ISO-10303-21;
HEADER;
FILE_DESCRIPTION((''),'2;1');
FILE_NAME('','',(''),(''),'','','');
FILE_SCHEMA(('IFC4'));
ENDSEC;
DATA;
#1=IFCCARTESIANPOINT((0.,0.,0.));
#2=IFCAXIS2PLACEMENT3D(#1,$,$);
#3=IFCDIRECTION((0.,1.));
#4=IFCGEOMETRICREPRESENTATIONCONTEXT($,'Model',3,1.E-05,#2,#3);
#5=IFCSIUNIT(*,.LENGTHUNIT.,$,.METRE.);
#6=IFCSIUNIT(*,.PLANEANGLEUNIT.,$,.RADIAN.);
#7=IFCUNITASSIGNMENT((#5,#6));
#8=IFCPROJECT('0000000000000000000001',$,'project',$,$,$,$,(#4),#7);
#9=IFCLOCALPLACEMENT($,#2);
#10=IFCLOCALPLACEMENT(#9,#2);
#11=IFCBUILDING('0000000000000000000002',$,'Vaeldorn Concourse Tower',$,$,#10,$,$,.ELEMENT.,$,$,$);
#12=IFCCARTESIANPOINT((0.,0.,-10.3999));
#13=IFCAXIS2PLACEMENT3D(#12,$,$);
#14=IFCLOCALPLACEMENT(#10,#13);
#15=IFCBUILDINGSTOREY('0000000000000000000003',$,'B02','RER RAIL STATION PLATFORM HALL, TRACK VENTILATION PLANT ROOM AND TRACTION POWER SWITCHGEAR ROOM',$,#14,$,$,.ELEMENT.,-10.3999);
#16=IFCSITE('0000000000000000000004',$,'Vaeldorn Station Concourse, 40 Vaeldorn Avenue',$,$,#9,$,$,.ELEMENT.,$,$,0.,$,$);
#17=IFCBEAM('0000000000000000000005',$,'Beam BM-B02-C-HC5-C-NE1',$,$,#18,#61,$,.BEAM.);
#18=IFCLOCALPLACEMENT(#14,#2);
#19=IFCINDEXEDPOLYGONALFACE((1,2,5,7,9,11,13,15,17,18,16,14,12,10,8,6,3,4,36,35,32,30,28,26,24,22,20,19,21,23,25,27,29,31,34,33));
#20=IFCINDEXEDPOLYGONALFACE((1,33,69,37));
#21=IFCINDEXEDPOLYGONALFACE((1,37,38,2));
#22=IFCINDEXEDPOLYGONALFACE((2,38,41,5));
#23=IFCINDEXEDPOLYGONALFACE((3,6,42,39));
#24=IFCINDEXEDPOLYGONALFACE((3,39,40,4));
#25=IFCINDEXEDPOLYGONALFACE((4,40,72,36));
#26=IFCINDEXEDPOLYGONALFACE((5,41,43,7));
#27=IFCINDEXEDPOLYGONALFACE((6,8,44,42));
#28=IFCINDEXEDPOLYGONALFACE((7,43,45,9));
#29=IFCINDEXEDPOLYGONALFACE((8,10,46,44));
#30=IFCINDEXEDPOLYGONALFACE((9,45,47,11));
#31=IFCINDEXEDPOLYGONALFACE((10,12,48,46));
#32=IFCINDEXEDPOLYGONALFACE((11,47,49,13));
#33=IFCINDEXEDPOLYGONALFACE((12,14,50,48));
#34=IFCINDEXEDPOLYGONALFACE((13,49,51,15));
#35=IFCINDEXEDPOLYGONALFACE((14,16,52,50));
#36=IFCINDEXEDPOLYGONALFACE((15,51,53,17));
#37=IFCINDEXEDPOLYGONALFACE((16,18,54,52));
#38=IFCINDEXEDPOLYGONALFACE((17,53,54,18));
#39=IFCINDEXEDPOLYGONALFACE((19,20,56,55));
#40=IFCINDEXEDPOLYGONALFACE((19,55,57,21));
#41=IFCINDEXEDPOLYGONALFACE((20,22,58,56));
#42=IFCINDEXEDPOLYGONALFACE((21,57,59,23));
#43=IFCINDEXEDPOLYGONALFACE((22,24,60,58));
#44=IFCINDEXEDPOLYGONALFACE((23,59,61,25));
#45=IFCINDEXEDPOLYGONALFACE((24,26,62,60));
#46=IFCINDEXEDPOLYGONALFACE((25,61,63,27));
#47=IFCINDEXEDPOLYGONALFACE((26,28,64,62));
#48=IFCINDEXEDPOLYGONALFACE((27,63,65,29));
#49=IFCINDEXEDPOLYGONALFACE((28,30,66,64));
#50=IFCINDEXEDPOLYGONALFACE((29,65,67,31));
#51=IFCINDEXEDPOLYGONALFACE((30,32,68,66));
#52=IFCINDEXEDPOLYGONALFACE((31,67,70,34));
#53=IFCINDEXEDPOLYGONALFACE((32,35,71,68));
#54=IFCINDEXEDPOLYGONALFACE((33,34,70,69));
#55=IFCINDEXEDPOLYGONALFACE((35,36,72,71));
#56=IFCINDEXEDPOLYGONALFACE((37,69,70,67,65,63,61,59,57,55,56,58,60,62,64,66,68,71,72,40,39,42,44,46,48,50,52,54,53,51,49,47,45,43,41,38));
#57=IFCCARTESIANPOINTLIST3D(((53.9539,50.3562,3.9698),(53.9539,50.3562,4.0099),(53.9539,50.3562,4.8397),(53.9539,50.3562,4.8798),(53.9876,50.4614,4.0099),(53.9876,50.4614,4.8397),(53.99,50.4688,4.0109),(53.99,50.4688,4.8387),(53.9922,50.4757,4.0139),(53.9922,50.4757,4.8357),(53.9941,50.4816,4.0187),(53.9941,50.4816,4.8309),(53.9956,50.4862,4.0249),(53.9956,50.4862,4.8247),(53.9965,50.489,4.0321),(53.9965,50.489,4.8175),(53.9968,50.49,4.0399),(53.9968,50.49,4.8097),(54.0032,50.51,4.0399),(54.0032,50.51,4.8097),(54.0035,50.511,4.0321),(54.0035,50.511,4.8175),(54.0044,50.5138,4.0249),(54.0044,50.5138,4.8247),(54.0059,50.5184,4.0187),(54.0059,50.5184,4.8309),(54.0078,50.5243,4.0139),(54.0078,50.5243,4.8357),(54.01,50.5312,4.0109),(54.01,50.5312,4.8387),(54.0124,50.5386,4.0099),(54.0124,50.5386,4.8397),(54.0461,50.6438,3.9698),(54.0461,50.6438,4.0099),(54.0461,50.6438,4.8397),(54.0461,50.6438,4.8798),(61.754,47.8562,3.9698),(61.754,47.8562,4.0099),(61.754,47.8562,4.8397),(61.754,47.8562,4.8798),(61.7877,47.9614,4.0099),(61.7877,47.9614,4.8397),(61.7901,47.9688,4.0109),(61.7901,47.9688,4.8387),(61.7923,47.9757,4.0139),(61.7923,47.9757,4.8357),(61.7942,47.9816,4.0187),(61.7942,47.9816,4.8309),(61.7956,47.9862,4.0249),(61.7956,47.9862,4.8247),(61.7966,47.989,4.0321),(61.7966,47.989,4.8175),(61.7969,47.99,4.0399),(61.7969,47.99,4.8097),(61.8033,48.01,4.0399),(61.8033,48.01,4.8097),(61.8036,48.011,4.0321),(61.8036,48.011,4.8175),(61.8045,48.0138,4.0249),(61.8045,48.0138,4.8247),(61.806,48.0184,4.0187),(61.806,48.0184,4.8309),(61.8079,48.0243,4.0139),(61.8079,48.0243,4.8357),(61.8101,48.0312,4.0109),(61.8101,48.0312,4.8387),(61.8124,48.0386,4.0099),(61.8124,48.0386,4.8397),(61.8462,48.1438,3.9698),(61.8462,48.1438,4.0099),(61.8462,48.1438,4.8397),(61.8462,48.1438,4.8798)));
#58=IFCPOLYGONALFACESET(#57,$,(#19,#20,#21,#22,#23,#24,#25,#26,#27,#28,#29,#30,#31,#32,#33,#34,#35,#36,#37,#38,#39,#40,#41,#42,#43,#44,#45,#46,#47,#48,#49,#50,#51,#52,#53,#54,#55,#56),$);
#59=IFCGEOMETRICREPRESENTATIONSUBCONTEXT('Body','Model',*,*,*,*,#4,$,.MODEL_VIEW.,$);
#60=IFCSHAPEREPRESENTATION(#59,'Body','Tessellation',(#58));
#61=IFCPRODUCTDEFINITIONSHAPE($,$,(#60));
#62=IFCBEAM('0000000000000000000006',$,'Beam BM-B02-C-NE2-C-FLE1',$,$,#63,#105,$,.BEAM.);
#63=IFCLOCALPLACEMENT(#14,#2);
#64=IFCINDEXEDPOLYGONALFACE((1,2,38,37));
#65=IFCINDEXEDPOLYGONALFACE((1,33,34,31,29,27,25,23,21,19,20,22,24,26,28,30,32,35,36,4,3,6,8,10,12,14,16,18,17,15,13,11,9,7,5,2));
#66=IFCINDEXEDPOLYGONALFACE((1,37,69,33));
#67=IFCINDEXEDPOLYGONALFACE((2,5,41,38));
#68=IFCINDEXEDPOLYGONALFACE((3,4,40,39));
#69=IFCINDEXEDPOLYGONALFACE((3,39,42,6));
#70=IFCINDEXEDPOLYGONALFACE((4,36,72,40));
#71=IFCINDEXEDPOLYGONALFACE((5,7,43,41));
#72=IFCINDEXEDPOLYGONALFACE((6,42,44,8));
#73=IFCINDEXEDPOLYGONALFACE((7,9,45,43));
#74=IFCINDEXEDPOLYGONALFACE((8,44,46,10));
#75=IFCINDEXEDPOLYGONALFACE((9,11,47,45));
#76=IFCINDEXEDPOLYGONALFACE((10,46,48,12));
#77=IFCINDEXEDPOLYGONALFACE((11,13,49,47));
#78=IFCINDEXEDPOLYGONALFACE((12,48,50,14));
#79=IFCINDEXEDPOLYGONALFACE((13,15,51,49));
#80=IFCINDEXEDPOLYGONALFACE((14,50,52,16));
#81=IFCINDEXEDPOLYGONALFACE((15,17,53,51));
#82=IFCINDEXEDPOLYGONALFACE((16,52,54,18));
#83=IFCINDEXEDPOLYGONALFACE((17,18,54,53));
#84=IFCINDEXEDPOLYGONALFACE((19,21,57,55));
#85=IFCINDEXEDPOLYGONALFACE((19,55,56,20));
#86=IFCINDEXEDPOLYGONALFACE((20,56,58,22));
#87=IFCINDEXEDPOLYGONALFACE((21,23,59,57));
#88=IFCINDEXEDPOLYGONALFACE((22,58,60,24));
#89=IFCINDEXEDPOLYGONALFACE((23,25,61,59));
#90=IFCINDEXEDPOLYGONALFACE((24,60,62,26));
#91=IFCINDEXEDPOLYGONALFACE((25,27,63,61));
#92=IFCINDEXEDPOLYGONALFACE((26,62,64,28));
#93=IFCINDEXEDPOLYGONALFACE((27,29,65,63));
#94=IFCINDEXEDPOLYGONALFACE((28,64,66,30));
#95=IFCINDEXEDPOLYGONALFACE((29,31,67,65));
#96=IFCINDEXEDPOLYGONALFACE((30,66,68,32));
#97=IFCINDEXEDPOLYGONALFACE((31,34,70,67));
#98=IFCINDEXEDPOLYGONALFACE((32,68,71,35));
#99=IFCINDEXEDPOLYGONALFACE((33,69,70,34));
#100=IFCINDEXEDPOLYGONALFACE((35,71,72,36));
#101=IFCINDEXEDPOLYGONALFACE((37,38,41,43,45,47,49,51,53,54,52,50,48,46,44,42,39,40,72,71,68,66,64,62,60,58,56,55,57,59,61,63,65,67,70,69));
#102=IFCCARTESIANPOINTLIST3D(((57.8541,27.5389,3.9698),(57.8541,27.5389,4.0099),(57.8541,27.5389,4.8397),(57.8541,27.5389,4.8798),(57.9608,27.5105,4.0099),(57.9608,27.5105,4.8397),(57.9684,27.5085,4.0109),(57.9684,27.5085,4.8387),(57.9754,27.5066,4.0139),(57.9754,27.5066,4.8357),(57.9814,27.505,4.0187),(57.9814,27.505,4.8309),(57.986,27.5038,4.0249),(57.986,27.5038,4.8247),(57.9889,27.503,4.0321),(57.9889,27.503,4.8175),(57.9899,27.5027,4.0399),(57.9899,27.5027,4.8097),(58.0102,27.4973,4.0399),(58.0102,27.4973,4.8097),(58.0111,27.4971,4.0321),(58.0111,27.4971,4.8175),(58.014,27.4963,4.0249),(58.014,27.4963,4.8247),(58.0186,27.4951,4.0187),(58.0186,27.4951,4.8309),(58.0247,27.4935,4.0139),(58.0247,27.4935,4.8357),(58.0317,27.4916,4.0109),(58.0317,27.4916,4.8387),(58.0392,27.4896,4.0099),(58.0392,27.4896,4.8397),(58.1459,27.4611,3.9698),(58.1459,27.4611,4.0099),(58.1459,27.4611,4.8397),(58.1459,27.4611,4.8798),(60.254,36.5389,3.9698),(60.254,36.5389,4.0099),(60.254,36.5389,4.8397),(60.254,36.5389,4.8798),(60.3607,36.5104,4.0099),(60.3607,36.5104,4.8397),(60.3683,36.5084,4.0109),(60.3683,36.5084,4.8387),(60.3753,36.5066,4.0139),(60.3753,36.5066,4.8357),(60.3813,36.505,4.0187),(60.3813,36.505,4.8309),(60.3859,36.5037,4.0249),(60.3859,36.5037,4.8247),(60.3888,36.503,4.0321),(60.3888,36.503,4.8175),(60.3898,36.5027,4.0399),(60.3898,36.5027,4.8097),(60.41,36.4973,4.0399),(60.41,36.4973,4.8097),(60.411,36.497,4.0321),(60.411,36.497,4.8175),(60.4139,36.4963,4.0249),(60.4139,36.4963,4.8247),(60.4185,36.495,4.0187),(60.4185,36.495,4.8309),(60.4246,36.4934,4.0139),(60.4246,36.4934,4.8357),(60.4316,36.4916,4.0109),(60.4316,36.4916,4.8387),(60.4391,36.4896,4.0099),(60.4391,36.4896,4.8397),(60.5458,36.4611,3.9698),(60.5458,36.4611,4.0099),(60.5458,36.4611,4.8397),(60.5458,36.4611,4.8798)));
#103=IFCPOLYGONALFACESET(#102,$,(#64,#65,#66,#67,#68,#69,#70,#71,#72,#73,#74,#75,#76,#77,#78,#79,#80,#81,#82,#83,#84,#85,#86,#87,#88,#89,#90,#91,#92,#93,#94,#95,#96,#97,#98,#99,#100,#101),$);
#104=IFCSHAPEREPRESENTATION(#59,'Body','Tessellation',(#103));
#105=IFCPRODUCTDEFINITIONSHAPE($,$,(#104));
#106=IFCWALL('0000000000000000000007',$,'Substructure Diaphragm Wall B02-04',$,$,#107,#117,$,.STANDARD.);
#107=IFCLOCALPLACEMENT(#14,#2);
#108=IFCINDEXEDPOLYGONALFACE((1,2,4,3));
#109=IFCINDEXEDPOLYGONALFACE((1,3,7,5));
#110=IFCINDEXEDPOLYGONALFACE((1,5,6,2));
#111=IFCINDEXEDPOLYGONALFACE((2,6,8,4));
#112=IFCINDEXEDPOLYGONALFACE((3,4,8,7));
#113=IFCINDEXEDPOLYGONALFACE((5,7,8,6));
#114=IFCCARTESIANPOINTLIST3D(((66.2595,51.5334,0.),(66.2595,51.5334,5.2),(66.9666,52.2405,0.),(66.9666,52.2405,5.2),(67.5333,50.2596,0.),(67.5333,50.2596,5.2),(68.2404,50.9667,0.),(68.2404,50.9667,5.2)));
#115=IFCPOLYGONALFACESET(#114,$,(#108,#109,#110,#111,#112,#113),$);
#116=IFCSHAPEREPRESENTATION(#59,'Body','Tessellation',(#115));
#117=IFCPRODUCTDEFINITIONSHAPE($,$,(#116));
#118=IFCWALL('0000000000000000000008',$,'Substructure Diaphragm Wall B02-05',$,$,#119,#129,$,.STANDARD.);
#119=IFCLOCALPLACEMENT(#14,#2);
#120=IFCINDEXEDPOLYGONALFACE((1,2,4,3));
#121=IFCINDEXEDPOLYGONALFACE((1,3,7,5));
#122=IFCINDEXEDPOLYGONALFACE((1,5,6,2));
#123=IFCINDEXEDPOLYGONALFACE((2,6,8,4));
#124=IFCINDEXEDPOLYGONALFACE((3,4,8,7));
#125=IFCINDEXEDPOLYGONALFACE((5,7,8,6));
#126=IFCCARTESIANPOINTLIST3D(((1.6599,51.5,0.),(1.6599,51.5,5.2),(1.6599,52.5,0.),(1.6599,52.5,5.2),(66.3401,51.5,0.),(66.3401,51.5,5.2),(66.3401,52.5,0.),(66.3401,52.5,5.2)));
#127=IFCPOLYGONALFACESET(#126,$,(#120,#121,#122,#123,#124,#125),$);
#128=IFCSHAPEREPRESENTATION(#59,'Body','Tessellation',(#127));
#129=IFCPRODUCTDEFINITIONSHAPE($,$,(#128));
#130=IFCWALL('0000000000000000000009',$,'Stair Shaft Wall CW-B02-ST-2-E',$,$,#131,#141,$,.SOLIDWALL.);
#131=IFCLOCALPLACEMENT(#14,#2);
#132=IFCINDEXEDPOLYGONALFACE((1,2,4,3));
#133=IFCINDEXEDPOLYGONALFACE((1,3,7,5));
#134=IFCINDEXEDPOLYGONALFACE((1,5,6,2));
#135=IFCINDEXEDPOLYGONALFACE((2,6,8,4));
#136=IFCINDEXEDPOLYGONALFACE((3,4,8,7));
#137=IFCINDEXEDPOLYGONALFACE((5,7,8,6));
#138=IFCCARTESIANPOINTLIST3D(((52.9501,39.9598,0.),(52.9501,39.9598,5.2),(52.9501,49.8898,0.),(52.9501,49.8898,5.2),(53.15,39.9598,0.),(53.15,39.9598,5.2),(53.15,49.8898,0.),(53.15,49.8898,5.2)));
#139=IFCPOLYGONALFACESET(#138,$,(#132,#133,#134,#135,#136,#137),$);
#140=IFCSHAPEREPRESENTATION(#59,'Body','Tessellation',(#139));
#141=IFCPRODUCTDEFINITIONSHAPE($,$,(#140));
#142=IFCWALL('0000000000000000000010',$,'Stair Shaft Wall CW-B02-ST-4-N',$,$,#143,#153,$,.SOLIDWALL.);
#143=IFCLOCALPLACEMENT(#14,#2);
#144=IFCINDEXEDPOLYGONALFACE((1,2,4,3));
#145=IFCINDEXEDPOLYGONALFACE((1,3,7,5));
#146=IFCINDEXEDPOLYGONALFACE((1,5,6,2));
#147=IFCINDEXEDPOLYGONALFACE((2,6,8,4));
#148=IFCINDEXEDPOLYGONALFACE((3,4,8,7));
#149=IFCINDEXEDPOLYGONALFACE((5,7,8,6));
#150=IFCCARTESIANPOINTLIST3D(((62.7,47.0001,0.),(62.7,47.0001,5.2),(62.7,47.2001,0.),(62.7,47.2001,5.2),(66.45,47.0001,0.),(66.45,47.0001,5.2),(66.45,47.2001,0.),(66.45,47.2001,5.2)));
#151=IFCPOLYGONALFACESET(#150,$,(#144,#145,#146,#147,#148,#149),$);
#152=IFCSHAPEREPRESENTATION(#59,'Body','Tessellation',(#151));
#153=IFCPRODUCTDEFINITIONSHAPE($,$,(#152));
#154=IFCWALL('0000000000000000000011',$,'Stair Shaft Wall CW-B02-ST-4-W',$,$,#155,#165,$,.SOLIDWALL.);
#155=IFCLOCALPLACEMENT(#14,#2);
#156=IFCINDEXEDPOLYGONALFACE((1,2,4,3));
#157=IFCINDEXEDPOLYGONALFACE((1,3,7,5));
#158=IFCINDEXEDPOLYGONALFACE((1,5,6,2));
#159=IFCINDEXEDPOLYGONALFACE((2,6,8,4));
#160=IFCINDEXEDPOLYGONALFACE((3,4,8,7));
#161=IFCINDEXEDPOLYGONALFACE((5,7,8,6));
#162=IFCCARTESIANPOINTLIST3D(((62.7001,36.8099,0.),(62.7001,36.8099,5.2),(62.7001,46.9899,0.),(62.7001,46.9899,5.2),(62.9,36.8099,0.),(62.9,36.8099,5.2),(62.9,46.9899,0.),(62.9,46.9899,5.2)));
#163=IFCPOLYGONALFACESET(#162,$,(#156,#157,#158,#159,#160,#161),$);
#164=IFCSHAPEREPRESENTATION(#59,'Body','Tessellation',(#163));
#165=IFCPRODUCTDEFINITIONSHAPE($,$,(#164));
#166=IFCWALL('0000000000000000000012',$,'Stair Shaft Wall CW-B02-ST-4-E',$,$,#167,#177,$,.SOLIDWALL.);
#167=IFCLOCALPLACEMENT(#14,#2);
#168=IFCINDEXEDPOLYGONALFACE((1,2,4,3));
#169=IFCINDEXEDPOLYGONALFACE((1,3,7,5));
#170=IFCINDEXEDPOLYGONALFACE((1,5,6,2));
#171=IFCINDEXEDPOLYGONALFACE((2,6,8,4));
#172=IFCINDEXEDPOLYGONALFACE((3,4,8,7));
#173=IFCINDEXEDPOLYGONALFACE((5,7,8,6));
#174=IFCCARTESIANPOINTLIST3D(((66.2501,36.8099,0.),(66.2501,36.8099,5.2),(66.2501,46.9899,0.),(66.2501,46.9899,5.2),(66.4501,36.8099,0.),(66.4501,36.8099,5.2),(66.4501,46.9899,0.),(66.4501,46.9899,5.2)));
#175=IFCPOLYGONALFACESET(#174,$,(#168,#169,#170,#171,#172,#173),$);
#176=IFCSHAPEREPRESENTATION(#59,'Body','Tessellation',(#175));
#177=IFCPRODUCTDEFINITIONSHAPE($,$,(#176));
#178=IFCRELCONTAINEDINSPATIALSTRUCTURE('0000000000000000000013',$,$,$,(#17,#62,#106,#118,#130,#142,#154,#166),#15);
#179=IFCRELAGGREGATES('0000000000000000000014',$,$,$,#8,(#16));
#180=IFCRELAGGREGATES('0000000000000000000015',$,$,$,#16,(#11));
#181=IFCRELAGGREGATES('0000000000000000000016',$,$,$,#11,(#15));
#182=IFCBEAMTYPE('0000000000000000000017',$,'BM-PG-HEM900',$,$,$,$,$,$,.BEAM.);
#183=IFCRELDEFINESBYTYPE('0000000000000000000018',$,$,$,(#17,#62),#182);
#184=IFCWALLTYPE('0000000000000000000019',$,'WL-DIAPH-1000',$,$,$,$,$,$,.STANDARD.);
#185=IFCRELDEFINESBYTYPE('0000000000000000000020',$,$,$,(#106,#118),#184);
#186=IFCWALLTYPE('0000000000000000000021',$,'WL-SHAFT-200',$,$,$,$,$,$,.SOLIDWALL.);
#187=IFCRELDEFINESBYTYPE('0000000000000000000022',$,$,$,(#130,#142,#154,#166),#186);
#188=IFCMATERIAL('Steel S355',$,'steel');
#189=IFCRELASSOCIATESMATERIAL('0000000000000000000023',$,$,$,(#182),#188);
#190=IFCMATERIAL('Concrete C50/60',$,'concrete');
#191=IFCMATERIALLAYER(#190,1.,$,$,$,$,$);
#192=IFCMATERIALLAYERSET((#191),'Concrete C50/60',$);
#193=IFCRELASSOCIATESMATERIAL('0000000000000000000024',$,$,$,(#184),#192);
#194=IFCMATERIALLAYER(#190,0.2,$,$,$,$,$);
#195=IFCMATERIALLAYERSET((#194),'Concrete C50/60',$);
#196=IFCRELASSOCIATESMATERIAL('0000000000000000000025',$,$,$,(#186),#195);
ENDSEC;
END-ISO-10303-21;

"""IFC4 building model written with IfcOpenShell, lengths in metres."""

from ifc_helpers import new_model, si_unit, direction, frame, frame_2d, origin, origin_2d, place, context, subcontext, project, spatial, rectangle, i_section, extrude, source, transform, mapped, material, layer, layer_set, material_profile, profile_set, type_object, element, save


model = new_model("IFC4")

# Units and contexts
model_context = context("Model", 3, precision=1e-05, world=origin(), true_north=direction((0.0, 1.0)))
body_context = subcontext(model_context, "Body", "Model", "MODEL_VIEW")
ifc_project = project(units=[si_unit("LENGTHUNIT", "METRE"), si_unit("PLANEANGLEUNIT", "RADIAN")], contexts=[model_context])

# Site, building, storey
site_placement = place(None, origin())
site = spatial("IfcSite", under=ifc_project, at=site_placement, Name="Vaeldorn Station Concourse, 40 Vaeldorn Avenue", CompositionType="ELEMENT", RefElevation=0.0)
building_placement = place(site_placement, origin())
building = spatial("IfcBuilding", under=site, at=building_placement, Name="Vaeldorn Concourse Tower", CompositionType="ELEMENT")
storey_placement = place(building_placement, frame((0.0, 0.0, -10.3999)))
storey = spatial("IfcBuildingStorey", under=building, at=storey_placement, Name="B02", Description="RER RAIL STATION PLATFORM HALL, TRACK VENTILATION PLANT ROOM AND TRACTION POWER SWITCHGEAR ROOM", CompositionType="ELEMENT", Elevation=-10.3999)

# Beams
ifc_material_1 = material(Name="Steel S355", Category="steel")
ifc_material_profile_1 = material_profile(ifc_material_1, i_section(OverallWidth=0.302, OverallDepth=0.9099, WebThickness=0.021, FlangeThickness=0.04, FilletRadius=0.03, at=origin_2d()), Name="HEM 900")
ifc_profile_set_1 = profile_set([ifc_material_profile_1], Name="Steel S355")
beam_type_1 = type_object("IfcBeamType", Name="BM-PG-HEM900", PredefinedType="BEAM", material=ifc_profile_set_1)
shared_shape_1 = source(origin(), body_context, "Body", "SweptSolid", [
    extrude(i_section(OverallWidth=0.302, OverallDepth=0.9099, WebThickness=0.021, FlangeThickness=0.04, FilletRadius=0.03, at=origin_2d()), origin(), (0.0, 0.0, 1.0), 8.1909),
])
beam_1_placement = place(storey_placement, frame((54.0, 50.5, 4.4248), z_axis=(0.952283, -0.305217, 0.0), x_axis=(0.305217, 0.952283, 0.0)))
element("IfcBeam", 1, at=beam_1_placement, inside=storey, type_object=beam_type_1, Name="Beam BM-B02-C-HC5-C-NE1", PredefinedType="BEAM", context=body_context, shape_type="MappedRepresentation", body=[
    mapped(shared_shape_1, transform((0.0, 0.0, 0.0), scale=1.0)),
])
shared_shape_2 = source(origin(), body_context, "Body", "SweptSolid", [
    extrude(i_section(OverallWidth=0.302, OverallDepth=0.9099, WebThickness=0.021, FlangeThickness=0.04, FilletRadius=0.03, at=origin_2d()), origin(), (0.0, 0.0, 1.0), 9.3145),
])
beam_2_placement = place(storey_placement, frame((60.3999, 36.5, 4.4248), z_axis=(-0.257653, -0.966238, 0.0), x_axis=(0.966238, -0.257653, 0.0)))
element("IfcBeam", 2, at=beam_2_placement, inside=storey, type_object=beam_type_1, Name="Beam BM-B02-C-NE2-C-FLE1", PredefinedType="BEAM", context=body_context, shape_type="MappedRepresentation", body=[
    mapped(shared_shape_2, transform((0.0, 0.0, 0.0), scale=1.0)),
])

# Walls
ifc_material_2 = material(Name="Concrete C50/60", Category="concrete")
ifc_layer_1 = layer(ifc_material_2, 1.0)
ifc_layer_set_1 = layer_set([ifc_layer_1], Name="Concrete C50/60")
wall_type_1 = type_object("IfcWallType", Name="WL-DIAPH-1000", PredefinedType="STANDARD", material=ifc_layer_set_1)
wall_1_placement = place(storey_placement, frame((67.887, 50.613, 0.0), z_axis=(0.0, 0.0, 1.0), x_axis=(-0.707107, 0.707107, 0.0)))
element("IfcWall", 3, at=wall_1_placement, inside=storey, type_object=wall_type_1, Name="Substructure Diaphragm Wall B02-04", PredefinedType="STANDARD", context=body_context, shape_type="SweptSolid", body=[
    extrude(rectangle(XDim=1.8015, YDim=1.0, at=frame_2d((0.9009, 0.0))), origin(), (0.0, 0.0, 1.0), 5.2),
])
wall_2_placement = place(storey_placement, frame((66.3401, 52.0, 0.0), z_axis=(0.0, 0.0, 1.0), x_axis=(-1.0, 0.0, 0.0)))
element("IfcWall", 4, at=wall_2_placement, inside=storey, type_object=wall_type_1, Name="Substructure Diaphragm Wall B02-05", PredefinedType="STANDARD", context=body_context, shape_type="SweptSolid", body=[
    extrude(rectangle(XDim=64.6802, YDim=1.0, at=frame_2d((32.3401, 0.0))), origin(), (0.0, 0.0, 1.0), 5.2),
])
ifc_layer_2 = layer(ifc_material_2, 0.2)
ifc_layer_set_2 = layer_set([ifc_layer_2], Name="Concrete C50/60")
wall_type_2 = type_object("IfcWallType", Name="WL-SHAFT-200", PredefinedType="SOLIDWALL", material=ifc_layer_set_2)
wall_3_placement = place(storey_placement, frame((53.05, 39.96, 0.0), z_axis=(0.0, 0.0, 1.0), x_axis=(0.0, 1.0, 0.0)))
element("IfcWall", 5, at=wall_3_placement, inside=storey, type_object=wall_type_2, Name="Stair Shaft Wall CW-B02-ST-2-E", PredefinedType="SOLIDWALL", context=body_context, shape_type="SweptSolid", body=[
    extrude(rectangle(XDim=9.9299, YDim=0.2, at=frame_2d((4.9648, 0.0))), origin(), (0.0, 0.0, 1.0), 5.2),
])

# Walls
wall_4_placement = place(storey_placement, frame((62.7, 47.1001, 0.0), z_axis=(0.0, 0.0, 1.0), x_axis=(1.0, 0.0, 0.0)))
element("IfcWall", 6, at=wall_4_placement, inside=storey, type_object=wall_type_2, Name="Stair Shaft Wall CW-B02-ST-4-N", PredefinedType="SOLIDWALL", context=body_context, shape_type="SweptSolid", body=[
    extrude(rectangle(XDim=3.75, YDim=0.2, at=frame_2d((1.875, 0.0))), origin(), (0.0, 0.0, 1.0), 5.2),
])
for number, where, z_axis, x_axis, name in (
    (7, (62.8, 36.8101, 0.0), (0.0, 0.0, 1.0), (0.0, 1.0, 0.0), "Stair Shaft Wall CW-B02-ST-4-W"),
    (8, (66.3501, 36.8101, 0.0), (0.0, 0.0, 1.0), (0.0, 1.0, 0.0), "Stair Shaft Wall CW-B02-ST-4-E"),
):
    element("IfcWall", number, at=place(storey_placement, frame(where, z_axis=z_axis, x_axis=x_axis)), inside=storey, type_object=wall_type_2, Name=name, PredefinedType="SOLIDWALL", context=body_context, shape_type="SweptSolid", body=[
        extrude(rectangle(XDim=10.1799, YDim=0.2, at=frame_2d((5.0898, 0.0))), origin(), (0.0, 0.0, 1.0), 5.2),
    ])

save(model, "model.ifc")
